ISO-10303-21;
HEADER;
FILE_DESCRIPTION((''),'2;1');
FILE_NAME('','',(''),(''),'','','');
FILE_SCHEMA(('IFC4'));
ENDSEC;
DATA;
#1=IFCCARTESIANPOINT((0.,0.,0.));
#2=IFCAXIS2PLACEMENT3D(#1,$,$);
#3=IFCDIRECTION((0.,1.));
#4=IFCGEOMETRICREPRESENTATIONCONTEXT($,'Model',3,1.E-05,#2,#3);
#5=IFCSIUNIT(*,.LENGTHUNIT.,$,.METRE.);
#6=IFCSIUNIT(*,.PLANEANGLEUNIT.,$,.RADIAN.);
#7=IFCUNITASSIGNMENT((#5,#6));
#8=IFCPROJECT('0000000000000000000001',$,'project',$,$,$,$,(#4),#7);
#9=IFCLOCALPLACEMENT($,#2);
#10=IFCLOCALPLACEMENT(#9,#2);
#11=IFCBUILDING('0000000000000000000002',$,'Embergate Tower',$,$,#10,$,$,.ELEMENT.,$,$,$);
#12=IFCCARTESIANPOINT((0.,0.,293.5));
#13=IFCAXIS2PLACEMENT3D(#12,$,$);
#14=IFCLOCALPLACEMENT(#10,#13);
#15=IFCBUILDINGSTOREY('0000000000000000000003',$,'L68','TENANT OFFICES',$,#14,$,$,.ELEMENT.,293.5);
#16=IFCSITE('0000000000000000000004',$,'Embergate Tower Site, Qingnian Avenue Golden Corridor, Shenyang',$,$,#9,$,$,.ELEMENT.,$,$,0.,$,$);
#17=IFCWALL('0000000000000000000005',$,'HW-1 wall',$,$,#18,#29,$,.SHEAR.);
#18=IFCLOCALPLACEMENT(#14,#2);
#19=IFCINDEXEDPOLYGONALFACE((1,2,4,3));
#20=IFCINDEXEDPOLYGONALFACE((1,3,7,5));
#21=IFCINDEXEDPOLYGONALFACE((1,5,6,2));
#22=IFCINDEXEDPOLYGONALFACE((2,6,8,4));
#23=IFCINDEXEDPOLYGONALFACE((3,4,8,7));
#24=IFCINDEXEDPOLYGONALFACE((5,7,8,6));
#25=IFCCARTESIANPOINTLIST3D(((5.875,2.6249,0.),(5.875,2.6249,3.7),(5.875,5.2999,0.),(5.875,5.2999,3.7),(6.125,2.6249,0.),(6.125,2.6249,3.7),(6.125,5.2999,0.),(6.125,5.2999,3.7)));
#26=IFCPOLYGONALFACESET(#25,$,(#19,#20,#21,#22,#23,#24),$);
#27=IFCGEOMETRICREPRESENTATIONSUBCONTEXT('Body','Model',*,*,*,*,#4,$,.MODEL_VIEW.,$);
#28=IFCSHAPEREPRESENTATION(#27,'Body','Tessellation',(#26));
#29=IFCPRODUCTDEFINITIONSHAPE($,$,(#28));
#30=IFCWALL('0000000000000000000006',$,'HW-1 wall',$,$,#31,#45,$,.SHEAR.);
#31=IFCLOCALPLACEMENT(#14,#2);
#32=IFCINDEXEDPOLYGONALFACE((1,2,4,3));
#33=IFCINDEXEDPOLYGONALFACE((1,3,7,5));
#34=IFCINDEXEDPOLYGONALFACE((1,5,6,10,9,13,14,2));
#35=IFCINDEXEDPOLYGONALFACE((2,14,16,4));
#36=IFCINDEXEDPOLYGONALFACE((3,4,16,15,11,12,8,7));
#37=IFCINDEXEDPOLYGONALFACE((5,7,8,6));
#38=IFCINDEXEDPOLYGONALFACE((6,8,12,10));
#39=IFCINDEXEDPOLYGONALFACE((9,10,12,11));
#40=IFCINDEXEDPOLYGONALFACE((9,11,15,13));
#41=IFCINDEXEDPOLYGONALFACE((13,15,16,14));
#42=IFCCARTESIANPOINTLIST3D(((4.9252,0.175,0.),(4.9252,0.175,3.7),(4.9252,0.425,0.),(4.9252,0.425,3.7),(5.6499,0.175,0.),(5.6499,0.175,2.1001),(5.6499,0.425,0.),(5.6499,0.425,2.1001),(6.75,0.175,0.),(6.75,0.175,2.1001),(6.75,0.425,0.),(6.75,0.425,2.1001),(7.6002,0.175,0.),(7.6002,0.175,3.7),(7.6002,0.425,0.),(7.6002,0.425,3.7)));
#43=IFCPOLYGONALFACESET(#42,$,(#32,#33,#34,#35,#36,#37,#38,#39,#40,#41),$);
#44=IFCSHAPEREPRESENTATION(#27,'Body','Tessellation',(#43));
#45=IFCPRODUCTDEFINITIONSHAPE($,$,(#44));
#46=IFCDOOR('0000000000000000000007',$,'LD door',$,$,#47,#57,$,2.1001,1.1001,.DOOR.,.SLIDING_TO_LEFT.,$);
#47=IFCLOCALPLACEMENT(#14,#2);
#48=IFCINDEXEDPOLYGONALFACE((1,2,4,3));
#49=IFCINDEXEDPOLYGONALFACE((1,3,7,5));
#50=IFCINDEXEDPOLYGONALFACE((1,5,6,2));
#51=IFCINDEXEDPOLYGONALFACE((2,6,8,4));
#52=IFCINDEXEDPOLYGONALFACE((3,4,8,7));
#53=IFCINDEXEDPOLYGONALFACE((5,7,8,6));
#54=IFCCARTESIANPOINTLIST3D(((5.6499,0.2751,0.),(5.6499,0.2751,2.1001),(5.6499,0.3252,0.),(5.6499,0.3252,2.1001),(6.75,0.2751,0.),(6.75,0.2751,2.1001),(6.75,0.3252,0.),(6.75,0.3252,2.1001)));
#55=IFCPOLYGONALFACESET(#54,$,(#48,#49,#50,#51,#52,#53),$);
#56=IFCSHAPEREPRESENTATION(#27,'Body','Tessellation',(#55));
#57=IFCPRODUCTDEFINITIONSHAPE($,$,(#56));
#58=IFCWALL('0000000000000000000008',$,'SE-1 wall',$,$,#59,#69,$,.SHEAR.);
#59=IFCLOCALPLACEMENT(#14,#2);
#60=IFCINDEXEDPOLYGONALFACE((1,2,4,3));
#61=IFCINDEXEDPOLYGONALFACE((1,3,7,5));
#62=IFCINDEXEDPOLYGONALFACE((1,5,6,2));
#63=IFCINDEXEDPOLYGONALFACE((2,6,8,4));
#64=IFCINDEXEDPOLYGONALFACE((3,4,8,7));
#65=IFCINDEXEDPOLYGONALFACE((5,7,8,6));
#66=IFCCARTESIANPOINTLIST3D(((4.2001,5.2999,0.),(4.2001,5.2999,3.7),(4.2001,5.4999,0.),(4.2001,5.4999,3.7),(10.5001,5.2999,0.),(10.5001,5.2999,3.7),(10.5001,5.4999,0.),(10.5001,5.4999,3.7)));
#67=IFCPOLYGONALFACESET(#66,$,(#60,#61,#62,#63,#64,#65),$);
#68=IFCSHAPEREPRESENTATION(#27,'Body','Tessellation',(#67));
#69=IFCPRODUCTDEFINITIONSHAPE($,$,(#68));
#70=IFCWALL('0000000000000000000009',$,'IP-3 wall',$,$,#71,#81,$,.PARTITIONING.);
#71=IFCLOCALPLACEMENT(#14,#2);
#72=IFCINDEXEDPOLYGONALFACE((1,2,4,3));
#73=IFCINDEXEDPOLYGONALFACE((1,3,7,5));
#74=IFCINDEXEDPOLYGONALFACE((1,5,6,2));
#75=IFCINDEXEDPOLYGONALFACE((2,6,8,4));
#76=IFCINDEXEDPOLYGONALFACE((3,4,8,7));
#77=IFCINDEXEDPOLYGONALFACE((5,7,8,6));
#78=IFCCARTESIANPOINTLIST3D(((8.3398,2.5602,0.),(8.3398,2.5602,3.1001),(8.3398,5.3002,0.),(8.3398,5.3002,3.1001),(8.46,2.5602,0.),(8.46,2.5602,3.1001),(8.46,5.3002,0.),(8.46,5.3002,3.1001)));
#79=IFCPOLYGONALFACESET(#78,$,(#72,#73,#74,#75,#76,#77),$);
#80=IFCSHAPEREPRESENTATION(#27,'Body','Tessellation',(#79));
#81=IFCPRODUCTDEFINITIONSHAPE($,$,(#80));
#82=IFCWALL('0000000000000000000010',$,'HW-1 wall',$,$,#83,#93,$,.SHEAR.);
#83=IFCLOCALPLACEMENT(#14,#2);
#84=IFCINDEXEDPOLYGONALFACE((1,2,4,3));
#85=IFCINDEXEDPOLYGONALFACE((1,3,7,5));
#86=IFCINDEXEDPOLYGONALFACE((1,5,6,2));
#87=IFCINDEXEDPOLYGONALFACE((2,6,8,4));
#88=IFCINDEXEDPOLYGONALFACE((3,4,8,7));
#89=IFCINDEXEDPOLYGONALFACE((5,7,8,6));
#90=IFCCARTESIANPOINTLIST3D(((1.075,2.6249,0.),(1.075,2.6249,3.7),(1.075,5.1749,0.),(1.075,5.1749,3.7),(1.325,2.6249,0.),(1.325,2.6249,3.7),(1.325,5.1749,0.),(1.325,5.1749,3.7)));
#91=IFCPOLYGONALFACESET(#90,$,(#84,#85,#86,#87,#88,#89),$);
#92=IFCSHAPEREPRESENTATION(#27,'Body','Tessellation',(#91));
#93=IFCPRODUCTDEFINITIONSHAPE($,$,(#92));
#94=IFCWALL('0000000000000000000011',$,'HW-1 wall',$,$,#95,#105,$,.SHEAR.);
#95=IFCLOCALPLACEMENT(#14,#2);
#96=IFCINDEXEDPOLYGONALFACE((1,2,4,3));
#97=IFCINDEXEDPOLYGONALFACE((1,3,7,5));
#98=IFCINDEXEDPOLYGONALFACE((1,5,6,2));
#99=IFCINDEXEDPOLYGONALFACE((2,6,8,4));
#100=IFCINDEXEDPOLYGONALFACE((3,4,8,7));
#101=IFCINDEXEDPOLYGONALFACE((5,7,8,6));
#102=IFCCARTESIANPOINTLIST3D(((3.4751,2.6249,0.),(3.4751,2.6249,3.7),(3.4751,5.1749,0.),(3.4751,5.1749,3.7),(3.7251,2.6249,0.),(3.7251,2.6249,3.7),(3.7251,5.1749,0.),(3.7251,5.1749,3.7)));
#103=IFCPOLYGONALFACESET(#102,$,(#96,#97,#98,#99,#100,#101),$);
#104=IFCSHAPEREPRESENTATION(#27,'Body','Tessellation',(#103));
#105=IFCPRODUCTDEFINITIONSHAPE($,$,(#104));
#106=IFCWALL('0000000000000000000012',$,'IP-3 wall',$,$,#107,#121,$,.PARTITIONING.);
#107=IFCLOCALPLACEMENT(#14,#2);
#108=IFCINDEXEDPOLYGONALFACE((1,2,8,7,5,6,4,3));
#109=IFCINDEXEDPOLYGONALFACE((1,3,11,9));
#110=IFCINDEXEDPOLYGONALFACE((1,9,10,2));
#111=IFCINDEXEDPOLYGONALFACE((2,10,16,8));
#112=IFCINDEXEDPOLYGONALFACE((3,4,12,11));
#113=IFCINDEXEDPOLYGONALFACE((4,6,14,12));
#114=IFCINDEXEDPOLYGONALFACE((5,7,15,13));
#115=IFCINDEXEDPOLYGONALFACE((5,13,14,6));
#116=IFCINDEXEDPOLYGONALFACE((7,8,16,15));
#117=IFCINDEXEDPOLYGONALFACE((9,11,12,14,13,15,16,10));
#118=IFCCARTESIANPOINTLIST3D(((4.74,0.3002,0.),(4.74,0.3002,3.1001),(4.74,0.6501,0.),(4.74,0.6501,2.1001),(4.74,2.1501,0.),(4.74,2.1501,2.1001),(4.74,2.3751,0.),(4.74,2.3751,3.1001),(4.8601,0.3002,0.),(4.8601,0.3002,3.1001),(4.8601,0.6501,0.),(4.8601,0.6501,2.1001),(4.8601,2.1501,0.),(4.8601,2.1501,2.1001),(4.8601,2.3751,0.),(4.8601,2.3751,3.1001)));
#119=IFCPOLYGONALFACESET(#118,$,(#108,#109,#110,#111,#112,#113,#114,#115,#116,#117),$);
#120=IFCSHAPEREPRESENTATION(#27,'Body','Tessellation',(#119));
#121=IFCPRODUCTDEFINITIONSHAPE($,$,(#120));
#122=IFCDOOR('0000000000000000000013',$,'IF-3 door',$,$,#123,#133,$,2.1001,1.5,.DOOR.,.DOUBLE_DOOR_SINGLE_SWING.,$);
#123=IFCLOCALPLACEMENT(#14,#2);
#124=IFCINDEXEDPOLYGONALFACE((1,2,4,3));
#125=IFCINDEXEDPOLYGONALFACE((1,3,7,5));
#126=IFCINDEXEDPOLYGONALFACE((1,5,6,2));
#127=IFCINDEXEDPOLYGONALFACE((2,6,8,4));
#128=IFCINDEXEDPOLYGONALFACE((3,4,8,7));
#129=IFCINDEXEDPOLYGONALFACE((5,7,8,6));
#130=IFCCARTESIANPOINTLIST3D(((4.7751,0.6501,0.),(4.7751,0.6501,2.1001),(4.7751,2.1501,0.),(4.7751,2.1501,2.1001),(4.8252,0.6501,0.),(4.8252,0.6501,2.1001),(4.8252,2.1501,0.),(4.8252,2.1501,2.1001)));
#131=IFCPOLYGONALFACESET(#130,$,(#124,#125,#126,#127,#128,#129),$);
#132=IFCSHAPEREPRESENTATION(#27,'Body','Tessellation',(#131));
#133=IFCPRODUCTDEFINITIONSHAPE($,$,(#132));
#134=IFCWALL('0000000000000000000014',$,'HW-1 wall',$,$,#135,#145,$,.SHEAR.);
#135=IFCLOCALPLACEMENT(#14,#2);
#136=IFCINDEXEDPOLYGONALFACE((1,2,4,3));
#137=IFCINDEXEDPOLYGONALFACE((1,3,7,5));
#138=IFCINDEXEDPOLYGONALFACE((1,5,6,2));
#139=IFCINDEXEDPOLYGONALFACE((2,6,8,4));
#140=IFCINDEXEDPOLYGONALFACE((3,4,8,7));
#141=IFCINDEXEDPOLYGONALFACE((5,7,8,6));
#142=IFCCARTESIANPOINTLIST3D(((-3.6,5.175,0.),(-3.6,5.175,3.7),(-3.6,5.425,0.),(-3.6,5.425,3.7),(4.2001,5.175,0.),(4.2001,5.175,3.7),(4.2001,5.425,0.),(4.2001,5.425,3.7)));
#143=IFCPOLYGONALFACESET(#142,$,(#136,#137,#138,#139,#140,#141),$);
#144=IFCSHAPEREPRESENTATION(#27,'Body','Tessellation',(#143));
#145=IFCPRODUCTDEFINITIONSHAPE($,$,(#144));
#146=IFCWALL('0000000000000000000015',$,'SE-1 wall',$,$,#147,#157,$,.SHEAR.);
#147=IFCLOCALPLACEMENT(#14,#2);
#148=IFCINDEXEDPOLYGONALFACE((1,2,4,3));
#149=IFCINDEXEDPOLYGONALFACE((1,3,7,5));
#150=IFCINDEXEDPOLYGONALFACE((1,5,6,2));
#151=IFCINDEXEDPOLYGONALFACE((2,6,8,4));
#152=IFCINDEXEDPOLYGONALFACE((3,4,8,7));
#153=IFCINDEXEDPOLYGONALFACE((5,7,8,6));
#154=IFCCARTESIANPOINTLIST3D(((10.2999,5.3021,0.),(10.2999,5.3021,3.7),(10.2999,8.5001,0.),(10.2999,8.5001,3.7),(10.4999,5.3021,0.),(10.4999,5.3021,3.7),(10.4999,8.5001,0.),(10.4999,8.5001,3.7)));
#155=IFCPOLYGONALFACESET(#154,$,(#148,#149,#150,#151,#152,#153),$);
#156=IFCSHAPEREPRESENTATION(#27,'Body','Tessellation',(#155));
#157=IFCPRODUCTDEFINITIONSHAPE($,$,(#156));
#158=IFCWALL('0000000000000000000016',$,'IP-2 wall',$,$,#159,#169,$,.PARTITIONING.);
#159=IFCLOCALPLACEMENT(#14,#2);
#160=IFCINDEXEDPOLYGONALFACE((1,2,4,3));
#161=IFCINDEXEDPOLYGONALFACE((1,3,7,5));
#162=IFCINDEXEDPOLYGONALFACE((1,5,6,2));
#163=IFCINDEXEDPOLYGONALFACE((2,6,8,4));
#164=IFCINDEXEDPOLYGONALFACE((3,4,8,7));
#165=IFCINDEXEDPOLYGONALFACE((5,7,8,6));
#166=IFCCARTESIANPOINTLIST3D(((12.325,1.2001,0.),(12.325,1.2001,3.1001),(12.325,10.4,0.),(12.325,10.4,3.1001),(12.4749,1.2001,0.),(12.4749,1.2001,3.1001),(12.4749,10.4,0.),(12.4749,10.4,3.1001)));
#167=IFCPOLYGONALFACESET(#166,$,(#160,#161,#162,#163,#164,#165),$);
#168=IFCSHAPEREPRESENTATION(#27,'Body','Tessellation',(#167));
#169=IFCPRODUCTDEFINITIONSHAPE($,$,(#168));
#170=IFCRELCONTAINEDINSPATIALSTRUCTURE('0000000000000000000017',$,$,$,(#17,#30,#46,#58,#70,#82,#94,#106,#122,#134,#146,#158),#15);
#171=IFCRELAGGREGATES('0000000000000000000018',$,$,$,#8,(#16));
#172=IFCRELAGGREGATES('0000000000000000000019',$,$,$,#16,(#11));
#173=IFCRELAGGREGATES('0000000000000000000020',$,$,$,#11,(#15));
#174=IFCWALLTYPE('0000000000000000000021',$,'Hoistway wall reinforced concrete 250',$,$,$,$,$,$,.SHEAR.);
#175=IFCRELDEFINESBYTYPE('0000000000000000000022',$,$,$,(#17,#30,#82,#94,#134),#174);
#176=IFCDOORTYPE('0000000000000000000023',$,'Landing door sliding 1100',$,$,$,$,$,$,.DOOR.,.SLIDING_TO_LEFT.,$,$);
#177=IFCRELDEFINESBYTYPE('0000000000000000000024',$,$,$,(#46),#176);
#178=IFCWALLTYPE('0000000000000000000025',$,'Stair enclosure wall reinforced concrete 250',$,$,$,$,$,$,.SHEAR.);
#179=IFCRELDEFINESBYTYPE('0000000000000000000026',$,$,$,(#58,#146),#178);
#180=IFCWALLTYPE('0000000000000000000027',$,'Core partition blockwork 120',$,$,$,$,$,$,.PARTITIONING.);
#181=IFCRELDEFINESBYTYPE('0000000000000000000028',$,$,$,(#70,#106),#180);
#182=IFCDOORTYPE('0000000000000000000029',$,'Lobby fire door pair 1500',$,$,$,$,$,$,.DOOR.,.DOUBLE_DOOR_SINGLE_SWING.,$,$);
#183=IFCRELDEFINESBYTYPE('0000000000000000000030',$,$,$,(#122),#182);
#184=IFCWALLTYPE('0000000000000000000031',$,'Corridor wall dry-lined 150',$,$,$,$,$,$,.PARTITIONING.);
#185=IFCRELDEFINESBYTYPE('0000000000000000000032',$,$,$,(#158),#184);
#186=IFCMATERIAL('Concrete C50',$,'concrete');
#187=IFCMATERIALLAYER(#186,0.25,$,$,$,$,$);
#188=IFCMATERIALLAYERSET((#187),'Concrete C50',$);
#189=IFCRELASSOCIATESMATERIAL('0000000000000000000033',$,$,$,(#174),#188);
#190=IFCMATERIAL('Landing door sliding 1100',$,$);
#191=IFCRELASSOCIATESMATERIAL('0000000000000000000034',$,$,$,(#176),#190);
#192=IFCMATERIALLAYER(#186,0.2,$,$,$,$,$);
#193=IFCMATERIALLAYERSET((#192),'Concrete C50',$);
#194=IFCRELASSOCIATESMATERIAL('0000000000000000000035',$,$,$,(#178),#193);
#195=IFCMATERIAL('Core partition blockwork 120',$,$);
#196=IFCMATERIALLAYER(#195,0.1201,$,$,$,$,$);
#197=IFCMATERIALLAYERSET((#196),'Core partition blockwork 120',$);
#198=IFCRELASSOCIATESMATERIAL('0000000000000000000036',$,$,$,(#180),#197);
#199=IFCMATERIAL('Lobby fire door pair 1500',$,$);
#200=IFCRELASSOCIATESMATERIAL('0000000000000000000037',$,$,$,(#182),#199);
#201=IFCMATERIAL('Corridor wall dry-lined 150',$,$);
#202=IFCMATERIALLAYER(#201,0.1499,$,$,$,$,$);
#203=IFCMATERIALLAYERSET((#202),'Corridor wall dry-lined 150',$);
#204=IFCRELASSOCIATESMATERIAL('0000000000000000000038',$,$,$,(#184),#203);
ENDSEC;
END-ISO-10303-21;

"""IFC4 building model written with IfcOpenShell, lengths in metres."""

from ifc_helpers import new_model, si_unit, direction, frame, frame_2d, origin, place, context, subcontext, project, spatial, rectangle, extrude, source, transform, mapped, material, layer, layer_set, type_object, element, fill, save


model = new_model("IFC4")

# Units and contexts
model_context = context("Model", 3, precision=1e-05, world=origin(), true_north=direction((0.0, 1.0)))
body_context = subcontext(model_context, "Body", "Model", "MODEL_VIEW")
ifc_project = project(units=[si_unit("LENGTHUNIT", "METRE"), si_unit("PLANEANGLEUNIT", "RADIAN")], contexts=[model_context])

# Site, building, storey
site_placement = place(None, origin())
site = spatial("IfcSite", under=ifc_project, at=site_placement, Name="Embergate Tower Site, Qingnian Avenue Golden Corridor, Shenyang", CompositionType="ELEMENT", RefElevation=0.0)
building_placement = place(site_placement, origin())
building = spatial("IfcBuilding", under=site, at=building_placement, Name="Embergate Tower", CompositionType="ELEMENT")
storey_placement = place(building_placement, frame((0.0, 0.0, 293.5)))
storey = spatial("IfcBuildingStorey", under=building, at=storey_placement, Name="L68", Description="TENANT OFFICES", CompositionType="ELEMENT", Elevation=293.5)

# Wall
ifc_material_1 = material(Name="Concrete C50", Category="concrete")
ifc_layer_1 = layer(ifc_material_1, 0.25)
ifc_layer_set_1 = layer_set([ifc_layer_1], Name="Concrete C50")
wall_type_1 = type_object("IfcWallType", Name="Hoistway wall reinforced concrete 250", PredefinedType="SHEAR", material=ifc_layer_set_1)
shared_shape_1 = source(origin(), body_context, "Body", "SweptSolid", [
    extrude(rectangle(XDim=2.675, YDim=0.25, at=frame_2d((1.3374, 0.0))), origin(), (0.0, 0.0, 1.0), 3.7),
])
wall_1_placement = place(storey_placement, frame((6.0, 2.625, 0.0), z_axis=(0.0, 0.0, 1.0), x_axis=(0.0, 1.0, 0.0)))
element("IfcWall", 1, at=wall_1_placement, inside=storey, type_object=wall_type_1, Name="HW-1 wall", PredefinedType="SHEAR", context=body_context, shape_type="MappedRepresentation", body=[
    mapped(shared_shape_1, transform((0.0, 0.0, 0.0))),
])

# Wall, opening, door
wall_2_placement = place(storey_placement, frame((7.6001, 0.3, 0.0), z_axis=(0.0, 0.0, 1.0), x_axis=(-1.0, 0.0, 0.0)))
wall_2 = element("IfcWall", 2, at=wall_2_placement, inside=storey, type_object=wall_type_1, Name="HW-1 wall", PredefinedType="SHEAR", context=body_context, shape_type="MappedRepresentation", body=[
    mapped(shared_shape_1, transform((0.0, 0.0, 0.0))),
])
shared_shape_2 = source(origin(), body_context, "Body", "SweptSolid", [
    extrude(rectangle(XDim=1.1001, YDim=2.1001, at=frame_2d((0.55, 1.05))), frame((0.0, 0.135, 0.0), z_axis=(0.0, -1.0, 0.0), x_axis=(1.0, 0.0, 0.0)), (0.0, 0.0, 1.0), 0.27),
])
opening_1_placement = place(wall_2_placement, frame((0.8501, 0.0, 0.0)))
opening_1 = element("IfcOpeningElement", 3, at=opening_1_placement, cuts=wall_2, PredefinedType="OPENING", context=body_context, shape_type="MappedRepresentation", body=[
    mapped(shared_shape_2, transform((0.0, 0.0, 0.0))),
])
ifc_material_2 = material(Name="Landing door sliding 1100")
door_type_1 = type_object("IfcDoorType", Name="Landing door sliding 1100", OperationType="SLIDING_TO_LEFT", PredefinedType="DOOR", material=ifc_material_2)
shared_shape_3 = source(origin(), body_context, "Body", "SweptSolid", [
    extrude(rectangle(XDim=1.1001, YDim=2.1001, at=frame_2d((0.55, 1.05))), frame((0.0, 0.0249, 0.0), z_axis=(0.0, -1.0, 0.0), x_axis=(1.0, 0.0, 0.0)), (0.0, 0.0, 1.0), 0.05),
])
door_1_placement = place(opening_1_placement, origin())
door_1 = element("IfcDoor", 4, at=door_1_placement, inside=storey, type_object=door_type_1, Name="LD door", OperationType="SLIDING_TO_LEFT", OverallHeight=2.1001, OverallWidth=1.1001, PredefinedType="DOOR", context=body_context, shape_type="MappedRepresentation", body=[
    mapped(shared_shape_3, transform((0.0, 0.0, 0.0))),
])
fill(opening_1, door_1)

# Walls
ifc_layer_2 = layer(ifc_material_1, 0.2)
ifc_layer_set_2 = layer_set([ifc_layer_2], Name="Concrete C50")
wall_type_2 = type_object("IfcWallType", Name="Stair enclosure wall reinforced concrete 250", PredefinedType="SHEAR", material=ifc_layer_set_2)
shared_shape_4 = source(origin(), body_context, "Body", "SweptSolid", [
    extrude(rectangle(XDim=6.3, YDim=0.2, at=frame_2d((3.1499, 0.0))), origin(), (0.0, 0.0, 1.0), 3.7),
])
wall_3_placement = place(storey_placement, frame((10.5, 5.3999, 0.0), z_axis=(0.0, 0.0, 1.0), x_axis=(-1.0, 0.0, 0.0)))
element("IfcWall", 5, at=wall_3_placement, inside=storey, type_object=wall_type_2, Name="SE-1 wall", PredefinedType="SHEAR", context=body_context, shape_type="MappedRepresentation", body=[
    mapped(shared_shape_4, transform((0.0, 0.0, 0.0))),
])
ifc_material_3 = material(Name="Core partition blockwork 120")
ifc_layer_3 = layer(ifc_material_3, 0.1201)
ifc_layer_set_3 = layer_set([ifc_layer_3], Name="Core partition blockwork 120")
wall_type_3 = type_object("IfcWallType", Name="Core partition blockwork 120", PredefinedType="PARTITIONING", material=ifc_layer_set_3)
shared_shape_5 = source(origin(), body_context, "Body", "SweptSolid", [
    extrude(rectangle(XDim=2.74, YDim=0.1201, at=frame_2d((1.3701, 0.0))), origin(), (0.0, 0.0, 1.0), 3.1001),
])
wall_4_placement = place(storey_placement, frame((8.3999, 2.5601, 0.0), z_axis=(0.0, 0.0, 1.0), x_axis=(0.0, 1.0, 0.0)))
element("IfcWall", 6, at=wall_4_placement, inside=storey, type_object=wall_type_3, Name="IP-3 wall", PredefinedType="PARTITIONING", context=body_context, shape_type="MappedRepresentation", body=[
    mapped(shared_shape_5, transform((0.0, 0.0, 0.0))),
])
shared_shape_6 = source(origin(), body_context, "Body", "SweptSolid", [
    extrude(rectangle(XDim=2.55, YDim=0.25, at=frame_2d((1.2749, 0.0))), origin(), (0.0, 0.0, 1.0), 3.7),
])
for number, where, z_axis, x_axis, name in (
    (7, (1.2, 2.625, 0.0), (0.0, 0.0, 1.0), (0.0, 1.0, 0.0), "HW-1 wall"),
    (8, (3.6001, 2.625, 0.0), (0.0, 0.0, 1.0), (0.0, 1.0, 0.0), "HW-1 wall"),
):
    element("IfcWall", number, at=place(storey_placement, frame(where, z_axis=z_axis, x_axis=x_axis)), inside=storey, type_object=wall_type_1, Name=name, PredefinedType="SHEAR", context=body_context, shape_type="MappedRepresentation", body=[
        mapped(shared_shape_6, transform((0.0, 0.0, 0.0))),
    ])

# Wall, opening, door
shared_shape_7 = source(origin(), body_context, "Body", "SweptSolid", [
    extrude(rectangle(XDim=2.075, YDim=0.1201, at=frame_2d((1.0376, 0.0))), origin(), (0.0, 0.0, 1.0), 3.1001),
])
wall_5_placement = place(storey_placement, frame((4.8, 0.3, 0.0), z_axis=(0.0, 0.0, 1.0), x_axis=(0.0, 1.0, 0.0)))
wall_5 = element("IfcWall", 9, at=wall_5_placement, inside=storey, type_object=wall_type_3, Name="IP-3 wall", PredefinedType="PARTITIONING", context=body_context, shape_type="MappedRepresentation", body=[
    mapped(shared_shape_7, transform((0.0, 0.0, 0.0))),
])
shared_shape_8 = source(origin(), body_context, "Body", "SweptSolid", [
    extrude(rectangle(XDim=1.5, YDim=2.1001, at=frame_2d((0.75, 1.05))), frame((0.0, 0.0701, 0.0), z_axis=(0.0, -1.0, 0.0), x_axis=(1.0, 0.0, 0.0)), (0.0, 0.0, 1.0), 0.1401),
])
opening_2_placement = place(wall_5_placement, frame((0.3501, 0.0, 0.0)))
opening_2 = element("IfcOpeningElement", 10, at=opening_2_placement, cuts=wall_5, PredefinedType="OPENING", context=body_context, shape_type="MappedRepresentation", body=[
    mapped(shared_shape_8, transform((0.0, 0.0, 0.0))),
])
ifc_material_4 = material(Name="Lobby fire door pair 1500")
door_type_2 = type_object("IfcDoorType", Name="Lobby fire door pair 1500", OperationType="DOUBLE_DOOR_SINGLE_SWING", PredefinedType="DOOR", material=ifc_material_4)
shared_shape_9 = source(origin(), body_context, "Body", "SweptSolid", [
    extrude(rectangle(XDim=1.5, YDim=2.1001, at=frame_2d((0.75, 1.05))), frame((0.0, 0.0249, 0.0), z_axis=(0.0, -1.0, 0.0), x_axis=(1.0, 0.0, 0.0)), (0.0, 0.0, 1.0), 0.05),
])
door_2_placement = place(opening_2_placement, origin())
door_2 = element("IfcDoor", 11, at=door_2_placement, inside=storey, type_object=door_type_2, Name="IF-3 door", OperationType="DOUBLE_DOOR_SINGLE_SWING", OverallHeight=2.1001, OverallWidth=1.5, PredefinedType="DOOR", context=body_context, shape_type="MappedRepresentation", body=[
    mapped(shared_shape_9, transform((0.0, 0.0, 0.0))),
])
fill(opening_2, door_2)

# Walls
shared_shape_10 = source(origin(), body_context, "Body", "SweptSolid", [
    extrude(rectangle(XDim=7.8, YDim=0.25, at=frame_2d((3.8999, 0.0))), origin(), (0.0, 0.0, 1.0), 3.7),
])
wall_6_placement = place(storey_placement, frame((4.2, 5.3, 0.0), z_axis=(0.0, 0.0, 1.0), x_axis=(-1.0, 0.0, 0.0)))
element("IfcWall", 12, at=wall_6_placement, inside=storey, type_object=wall_type_1, Name="HW-1 wall", PredefinedType="SHEAR", context=body_context, shape_type="MappedRepresentation", body=[
    mapped(shared_shape_10, transform((0.0, 0.0, 0.0))),
])
shared_shape_11 = source(origin(), body_context, "Body", "SweptSolid", [
    extrude(rectangle(XDim=3.198, YDim=0.2, at=frame_2d((1.5991, 0.0))), origin(), (0.0, 0.0, 1.0), 3.7),
])
wall_7_placement = place(storey_placement, frame((10.3999, 5.302, 0.0), z_axis=(0.0, 0.0, 1.0), x_axis=(0.0, 1.0, 0.0)))
element("IfcWall", 13, at=wall_7_placement, inside=storey, type_object=wall_type_2, Name="SE-1 wall", PredefinedType="SHEAR", context=body_context, shape_type="MappedRepresentation", body=[
    mapped(shared_shape_11, transform((0.0, 0.0, 0.0))),
])
ifc_material_5 = material(Name="Corridor wall dry-lined 150")
ifc_layer_4 = layer(ifc_material_5, 0.1499)
ifc_layer_set_4 = layer_set([ifc_layer_4], Name="Corridor wall dry-lined 150")
wall_type_4 = type_object("IfcWallType", Name="Corridor wall dry-lined 150", PredefinedType="PARTITIONING", material=ifc_layer_set_4)
shared_shape_12 = source(origin(), body_context, "Body", "SweptSolid", [
    extrude(rectangle(XDim=9.2, YDim=0.1499, at=frame_2d((4.6001, 0.0))), origin(), (0.0, 0.0, 1.0), 3.1001),
])
wall_8_placement = place(storey_placement, frame((12.3999, 1.2, 0.0), z_axis=(0.0, 0.0, 1.0), x_axis=(0.0, 1.0, 0.0)))
element("IfcWall", 14, at=wall_8_placement, inside=storey, type_object=wall_type_4, Name="IP-2 wall", PredefinedType="PARTITIONING", context=body_context, shape_type="MappedRepresentation", body=[
    mapped(shared_shape_12, transform((0.0, 0.0, 0.0))),
])

save(model, "model.ifc")
